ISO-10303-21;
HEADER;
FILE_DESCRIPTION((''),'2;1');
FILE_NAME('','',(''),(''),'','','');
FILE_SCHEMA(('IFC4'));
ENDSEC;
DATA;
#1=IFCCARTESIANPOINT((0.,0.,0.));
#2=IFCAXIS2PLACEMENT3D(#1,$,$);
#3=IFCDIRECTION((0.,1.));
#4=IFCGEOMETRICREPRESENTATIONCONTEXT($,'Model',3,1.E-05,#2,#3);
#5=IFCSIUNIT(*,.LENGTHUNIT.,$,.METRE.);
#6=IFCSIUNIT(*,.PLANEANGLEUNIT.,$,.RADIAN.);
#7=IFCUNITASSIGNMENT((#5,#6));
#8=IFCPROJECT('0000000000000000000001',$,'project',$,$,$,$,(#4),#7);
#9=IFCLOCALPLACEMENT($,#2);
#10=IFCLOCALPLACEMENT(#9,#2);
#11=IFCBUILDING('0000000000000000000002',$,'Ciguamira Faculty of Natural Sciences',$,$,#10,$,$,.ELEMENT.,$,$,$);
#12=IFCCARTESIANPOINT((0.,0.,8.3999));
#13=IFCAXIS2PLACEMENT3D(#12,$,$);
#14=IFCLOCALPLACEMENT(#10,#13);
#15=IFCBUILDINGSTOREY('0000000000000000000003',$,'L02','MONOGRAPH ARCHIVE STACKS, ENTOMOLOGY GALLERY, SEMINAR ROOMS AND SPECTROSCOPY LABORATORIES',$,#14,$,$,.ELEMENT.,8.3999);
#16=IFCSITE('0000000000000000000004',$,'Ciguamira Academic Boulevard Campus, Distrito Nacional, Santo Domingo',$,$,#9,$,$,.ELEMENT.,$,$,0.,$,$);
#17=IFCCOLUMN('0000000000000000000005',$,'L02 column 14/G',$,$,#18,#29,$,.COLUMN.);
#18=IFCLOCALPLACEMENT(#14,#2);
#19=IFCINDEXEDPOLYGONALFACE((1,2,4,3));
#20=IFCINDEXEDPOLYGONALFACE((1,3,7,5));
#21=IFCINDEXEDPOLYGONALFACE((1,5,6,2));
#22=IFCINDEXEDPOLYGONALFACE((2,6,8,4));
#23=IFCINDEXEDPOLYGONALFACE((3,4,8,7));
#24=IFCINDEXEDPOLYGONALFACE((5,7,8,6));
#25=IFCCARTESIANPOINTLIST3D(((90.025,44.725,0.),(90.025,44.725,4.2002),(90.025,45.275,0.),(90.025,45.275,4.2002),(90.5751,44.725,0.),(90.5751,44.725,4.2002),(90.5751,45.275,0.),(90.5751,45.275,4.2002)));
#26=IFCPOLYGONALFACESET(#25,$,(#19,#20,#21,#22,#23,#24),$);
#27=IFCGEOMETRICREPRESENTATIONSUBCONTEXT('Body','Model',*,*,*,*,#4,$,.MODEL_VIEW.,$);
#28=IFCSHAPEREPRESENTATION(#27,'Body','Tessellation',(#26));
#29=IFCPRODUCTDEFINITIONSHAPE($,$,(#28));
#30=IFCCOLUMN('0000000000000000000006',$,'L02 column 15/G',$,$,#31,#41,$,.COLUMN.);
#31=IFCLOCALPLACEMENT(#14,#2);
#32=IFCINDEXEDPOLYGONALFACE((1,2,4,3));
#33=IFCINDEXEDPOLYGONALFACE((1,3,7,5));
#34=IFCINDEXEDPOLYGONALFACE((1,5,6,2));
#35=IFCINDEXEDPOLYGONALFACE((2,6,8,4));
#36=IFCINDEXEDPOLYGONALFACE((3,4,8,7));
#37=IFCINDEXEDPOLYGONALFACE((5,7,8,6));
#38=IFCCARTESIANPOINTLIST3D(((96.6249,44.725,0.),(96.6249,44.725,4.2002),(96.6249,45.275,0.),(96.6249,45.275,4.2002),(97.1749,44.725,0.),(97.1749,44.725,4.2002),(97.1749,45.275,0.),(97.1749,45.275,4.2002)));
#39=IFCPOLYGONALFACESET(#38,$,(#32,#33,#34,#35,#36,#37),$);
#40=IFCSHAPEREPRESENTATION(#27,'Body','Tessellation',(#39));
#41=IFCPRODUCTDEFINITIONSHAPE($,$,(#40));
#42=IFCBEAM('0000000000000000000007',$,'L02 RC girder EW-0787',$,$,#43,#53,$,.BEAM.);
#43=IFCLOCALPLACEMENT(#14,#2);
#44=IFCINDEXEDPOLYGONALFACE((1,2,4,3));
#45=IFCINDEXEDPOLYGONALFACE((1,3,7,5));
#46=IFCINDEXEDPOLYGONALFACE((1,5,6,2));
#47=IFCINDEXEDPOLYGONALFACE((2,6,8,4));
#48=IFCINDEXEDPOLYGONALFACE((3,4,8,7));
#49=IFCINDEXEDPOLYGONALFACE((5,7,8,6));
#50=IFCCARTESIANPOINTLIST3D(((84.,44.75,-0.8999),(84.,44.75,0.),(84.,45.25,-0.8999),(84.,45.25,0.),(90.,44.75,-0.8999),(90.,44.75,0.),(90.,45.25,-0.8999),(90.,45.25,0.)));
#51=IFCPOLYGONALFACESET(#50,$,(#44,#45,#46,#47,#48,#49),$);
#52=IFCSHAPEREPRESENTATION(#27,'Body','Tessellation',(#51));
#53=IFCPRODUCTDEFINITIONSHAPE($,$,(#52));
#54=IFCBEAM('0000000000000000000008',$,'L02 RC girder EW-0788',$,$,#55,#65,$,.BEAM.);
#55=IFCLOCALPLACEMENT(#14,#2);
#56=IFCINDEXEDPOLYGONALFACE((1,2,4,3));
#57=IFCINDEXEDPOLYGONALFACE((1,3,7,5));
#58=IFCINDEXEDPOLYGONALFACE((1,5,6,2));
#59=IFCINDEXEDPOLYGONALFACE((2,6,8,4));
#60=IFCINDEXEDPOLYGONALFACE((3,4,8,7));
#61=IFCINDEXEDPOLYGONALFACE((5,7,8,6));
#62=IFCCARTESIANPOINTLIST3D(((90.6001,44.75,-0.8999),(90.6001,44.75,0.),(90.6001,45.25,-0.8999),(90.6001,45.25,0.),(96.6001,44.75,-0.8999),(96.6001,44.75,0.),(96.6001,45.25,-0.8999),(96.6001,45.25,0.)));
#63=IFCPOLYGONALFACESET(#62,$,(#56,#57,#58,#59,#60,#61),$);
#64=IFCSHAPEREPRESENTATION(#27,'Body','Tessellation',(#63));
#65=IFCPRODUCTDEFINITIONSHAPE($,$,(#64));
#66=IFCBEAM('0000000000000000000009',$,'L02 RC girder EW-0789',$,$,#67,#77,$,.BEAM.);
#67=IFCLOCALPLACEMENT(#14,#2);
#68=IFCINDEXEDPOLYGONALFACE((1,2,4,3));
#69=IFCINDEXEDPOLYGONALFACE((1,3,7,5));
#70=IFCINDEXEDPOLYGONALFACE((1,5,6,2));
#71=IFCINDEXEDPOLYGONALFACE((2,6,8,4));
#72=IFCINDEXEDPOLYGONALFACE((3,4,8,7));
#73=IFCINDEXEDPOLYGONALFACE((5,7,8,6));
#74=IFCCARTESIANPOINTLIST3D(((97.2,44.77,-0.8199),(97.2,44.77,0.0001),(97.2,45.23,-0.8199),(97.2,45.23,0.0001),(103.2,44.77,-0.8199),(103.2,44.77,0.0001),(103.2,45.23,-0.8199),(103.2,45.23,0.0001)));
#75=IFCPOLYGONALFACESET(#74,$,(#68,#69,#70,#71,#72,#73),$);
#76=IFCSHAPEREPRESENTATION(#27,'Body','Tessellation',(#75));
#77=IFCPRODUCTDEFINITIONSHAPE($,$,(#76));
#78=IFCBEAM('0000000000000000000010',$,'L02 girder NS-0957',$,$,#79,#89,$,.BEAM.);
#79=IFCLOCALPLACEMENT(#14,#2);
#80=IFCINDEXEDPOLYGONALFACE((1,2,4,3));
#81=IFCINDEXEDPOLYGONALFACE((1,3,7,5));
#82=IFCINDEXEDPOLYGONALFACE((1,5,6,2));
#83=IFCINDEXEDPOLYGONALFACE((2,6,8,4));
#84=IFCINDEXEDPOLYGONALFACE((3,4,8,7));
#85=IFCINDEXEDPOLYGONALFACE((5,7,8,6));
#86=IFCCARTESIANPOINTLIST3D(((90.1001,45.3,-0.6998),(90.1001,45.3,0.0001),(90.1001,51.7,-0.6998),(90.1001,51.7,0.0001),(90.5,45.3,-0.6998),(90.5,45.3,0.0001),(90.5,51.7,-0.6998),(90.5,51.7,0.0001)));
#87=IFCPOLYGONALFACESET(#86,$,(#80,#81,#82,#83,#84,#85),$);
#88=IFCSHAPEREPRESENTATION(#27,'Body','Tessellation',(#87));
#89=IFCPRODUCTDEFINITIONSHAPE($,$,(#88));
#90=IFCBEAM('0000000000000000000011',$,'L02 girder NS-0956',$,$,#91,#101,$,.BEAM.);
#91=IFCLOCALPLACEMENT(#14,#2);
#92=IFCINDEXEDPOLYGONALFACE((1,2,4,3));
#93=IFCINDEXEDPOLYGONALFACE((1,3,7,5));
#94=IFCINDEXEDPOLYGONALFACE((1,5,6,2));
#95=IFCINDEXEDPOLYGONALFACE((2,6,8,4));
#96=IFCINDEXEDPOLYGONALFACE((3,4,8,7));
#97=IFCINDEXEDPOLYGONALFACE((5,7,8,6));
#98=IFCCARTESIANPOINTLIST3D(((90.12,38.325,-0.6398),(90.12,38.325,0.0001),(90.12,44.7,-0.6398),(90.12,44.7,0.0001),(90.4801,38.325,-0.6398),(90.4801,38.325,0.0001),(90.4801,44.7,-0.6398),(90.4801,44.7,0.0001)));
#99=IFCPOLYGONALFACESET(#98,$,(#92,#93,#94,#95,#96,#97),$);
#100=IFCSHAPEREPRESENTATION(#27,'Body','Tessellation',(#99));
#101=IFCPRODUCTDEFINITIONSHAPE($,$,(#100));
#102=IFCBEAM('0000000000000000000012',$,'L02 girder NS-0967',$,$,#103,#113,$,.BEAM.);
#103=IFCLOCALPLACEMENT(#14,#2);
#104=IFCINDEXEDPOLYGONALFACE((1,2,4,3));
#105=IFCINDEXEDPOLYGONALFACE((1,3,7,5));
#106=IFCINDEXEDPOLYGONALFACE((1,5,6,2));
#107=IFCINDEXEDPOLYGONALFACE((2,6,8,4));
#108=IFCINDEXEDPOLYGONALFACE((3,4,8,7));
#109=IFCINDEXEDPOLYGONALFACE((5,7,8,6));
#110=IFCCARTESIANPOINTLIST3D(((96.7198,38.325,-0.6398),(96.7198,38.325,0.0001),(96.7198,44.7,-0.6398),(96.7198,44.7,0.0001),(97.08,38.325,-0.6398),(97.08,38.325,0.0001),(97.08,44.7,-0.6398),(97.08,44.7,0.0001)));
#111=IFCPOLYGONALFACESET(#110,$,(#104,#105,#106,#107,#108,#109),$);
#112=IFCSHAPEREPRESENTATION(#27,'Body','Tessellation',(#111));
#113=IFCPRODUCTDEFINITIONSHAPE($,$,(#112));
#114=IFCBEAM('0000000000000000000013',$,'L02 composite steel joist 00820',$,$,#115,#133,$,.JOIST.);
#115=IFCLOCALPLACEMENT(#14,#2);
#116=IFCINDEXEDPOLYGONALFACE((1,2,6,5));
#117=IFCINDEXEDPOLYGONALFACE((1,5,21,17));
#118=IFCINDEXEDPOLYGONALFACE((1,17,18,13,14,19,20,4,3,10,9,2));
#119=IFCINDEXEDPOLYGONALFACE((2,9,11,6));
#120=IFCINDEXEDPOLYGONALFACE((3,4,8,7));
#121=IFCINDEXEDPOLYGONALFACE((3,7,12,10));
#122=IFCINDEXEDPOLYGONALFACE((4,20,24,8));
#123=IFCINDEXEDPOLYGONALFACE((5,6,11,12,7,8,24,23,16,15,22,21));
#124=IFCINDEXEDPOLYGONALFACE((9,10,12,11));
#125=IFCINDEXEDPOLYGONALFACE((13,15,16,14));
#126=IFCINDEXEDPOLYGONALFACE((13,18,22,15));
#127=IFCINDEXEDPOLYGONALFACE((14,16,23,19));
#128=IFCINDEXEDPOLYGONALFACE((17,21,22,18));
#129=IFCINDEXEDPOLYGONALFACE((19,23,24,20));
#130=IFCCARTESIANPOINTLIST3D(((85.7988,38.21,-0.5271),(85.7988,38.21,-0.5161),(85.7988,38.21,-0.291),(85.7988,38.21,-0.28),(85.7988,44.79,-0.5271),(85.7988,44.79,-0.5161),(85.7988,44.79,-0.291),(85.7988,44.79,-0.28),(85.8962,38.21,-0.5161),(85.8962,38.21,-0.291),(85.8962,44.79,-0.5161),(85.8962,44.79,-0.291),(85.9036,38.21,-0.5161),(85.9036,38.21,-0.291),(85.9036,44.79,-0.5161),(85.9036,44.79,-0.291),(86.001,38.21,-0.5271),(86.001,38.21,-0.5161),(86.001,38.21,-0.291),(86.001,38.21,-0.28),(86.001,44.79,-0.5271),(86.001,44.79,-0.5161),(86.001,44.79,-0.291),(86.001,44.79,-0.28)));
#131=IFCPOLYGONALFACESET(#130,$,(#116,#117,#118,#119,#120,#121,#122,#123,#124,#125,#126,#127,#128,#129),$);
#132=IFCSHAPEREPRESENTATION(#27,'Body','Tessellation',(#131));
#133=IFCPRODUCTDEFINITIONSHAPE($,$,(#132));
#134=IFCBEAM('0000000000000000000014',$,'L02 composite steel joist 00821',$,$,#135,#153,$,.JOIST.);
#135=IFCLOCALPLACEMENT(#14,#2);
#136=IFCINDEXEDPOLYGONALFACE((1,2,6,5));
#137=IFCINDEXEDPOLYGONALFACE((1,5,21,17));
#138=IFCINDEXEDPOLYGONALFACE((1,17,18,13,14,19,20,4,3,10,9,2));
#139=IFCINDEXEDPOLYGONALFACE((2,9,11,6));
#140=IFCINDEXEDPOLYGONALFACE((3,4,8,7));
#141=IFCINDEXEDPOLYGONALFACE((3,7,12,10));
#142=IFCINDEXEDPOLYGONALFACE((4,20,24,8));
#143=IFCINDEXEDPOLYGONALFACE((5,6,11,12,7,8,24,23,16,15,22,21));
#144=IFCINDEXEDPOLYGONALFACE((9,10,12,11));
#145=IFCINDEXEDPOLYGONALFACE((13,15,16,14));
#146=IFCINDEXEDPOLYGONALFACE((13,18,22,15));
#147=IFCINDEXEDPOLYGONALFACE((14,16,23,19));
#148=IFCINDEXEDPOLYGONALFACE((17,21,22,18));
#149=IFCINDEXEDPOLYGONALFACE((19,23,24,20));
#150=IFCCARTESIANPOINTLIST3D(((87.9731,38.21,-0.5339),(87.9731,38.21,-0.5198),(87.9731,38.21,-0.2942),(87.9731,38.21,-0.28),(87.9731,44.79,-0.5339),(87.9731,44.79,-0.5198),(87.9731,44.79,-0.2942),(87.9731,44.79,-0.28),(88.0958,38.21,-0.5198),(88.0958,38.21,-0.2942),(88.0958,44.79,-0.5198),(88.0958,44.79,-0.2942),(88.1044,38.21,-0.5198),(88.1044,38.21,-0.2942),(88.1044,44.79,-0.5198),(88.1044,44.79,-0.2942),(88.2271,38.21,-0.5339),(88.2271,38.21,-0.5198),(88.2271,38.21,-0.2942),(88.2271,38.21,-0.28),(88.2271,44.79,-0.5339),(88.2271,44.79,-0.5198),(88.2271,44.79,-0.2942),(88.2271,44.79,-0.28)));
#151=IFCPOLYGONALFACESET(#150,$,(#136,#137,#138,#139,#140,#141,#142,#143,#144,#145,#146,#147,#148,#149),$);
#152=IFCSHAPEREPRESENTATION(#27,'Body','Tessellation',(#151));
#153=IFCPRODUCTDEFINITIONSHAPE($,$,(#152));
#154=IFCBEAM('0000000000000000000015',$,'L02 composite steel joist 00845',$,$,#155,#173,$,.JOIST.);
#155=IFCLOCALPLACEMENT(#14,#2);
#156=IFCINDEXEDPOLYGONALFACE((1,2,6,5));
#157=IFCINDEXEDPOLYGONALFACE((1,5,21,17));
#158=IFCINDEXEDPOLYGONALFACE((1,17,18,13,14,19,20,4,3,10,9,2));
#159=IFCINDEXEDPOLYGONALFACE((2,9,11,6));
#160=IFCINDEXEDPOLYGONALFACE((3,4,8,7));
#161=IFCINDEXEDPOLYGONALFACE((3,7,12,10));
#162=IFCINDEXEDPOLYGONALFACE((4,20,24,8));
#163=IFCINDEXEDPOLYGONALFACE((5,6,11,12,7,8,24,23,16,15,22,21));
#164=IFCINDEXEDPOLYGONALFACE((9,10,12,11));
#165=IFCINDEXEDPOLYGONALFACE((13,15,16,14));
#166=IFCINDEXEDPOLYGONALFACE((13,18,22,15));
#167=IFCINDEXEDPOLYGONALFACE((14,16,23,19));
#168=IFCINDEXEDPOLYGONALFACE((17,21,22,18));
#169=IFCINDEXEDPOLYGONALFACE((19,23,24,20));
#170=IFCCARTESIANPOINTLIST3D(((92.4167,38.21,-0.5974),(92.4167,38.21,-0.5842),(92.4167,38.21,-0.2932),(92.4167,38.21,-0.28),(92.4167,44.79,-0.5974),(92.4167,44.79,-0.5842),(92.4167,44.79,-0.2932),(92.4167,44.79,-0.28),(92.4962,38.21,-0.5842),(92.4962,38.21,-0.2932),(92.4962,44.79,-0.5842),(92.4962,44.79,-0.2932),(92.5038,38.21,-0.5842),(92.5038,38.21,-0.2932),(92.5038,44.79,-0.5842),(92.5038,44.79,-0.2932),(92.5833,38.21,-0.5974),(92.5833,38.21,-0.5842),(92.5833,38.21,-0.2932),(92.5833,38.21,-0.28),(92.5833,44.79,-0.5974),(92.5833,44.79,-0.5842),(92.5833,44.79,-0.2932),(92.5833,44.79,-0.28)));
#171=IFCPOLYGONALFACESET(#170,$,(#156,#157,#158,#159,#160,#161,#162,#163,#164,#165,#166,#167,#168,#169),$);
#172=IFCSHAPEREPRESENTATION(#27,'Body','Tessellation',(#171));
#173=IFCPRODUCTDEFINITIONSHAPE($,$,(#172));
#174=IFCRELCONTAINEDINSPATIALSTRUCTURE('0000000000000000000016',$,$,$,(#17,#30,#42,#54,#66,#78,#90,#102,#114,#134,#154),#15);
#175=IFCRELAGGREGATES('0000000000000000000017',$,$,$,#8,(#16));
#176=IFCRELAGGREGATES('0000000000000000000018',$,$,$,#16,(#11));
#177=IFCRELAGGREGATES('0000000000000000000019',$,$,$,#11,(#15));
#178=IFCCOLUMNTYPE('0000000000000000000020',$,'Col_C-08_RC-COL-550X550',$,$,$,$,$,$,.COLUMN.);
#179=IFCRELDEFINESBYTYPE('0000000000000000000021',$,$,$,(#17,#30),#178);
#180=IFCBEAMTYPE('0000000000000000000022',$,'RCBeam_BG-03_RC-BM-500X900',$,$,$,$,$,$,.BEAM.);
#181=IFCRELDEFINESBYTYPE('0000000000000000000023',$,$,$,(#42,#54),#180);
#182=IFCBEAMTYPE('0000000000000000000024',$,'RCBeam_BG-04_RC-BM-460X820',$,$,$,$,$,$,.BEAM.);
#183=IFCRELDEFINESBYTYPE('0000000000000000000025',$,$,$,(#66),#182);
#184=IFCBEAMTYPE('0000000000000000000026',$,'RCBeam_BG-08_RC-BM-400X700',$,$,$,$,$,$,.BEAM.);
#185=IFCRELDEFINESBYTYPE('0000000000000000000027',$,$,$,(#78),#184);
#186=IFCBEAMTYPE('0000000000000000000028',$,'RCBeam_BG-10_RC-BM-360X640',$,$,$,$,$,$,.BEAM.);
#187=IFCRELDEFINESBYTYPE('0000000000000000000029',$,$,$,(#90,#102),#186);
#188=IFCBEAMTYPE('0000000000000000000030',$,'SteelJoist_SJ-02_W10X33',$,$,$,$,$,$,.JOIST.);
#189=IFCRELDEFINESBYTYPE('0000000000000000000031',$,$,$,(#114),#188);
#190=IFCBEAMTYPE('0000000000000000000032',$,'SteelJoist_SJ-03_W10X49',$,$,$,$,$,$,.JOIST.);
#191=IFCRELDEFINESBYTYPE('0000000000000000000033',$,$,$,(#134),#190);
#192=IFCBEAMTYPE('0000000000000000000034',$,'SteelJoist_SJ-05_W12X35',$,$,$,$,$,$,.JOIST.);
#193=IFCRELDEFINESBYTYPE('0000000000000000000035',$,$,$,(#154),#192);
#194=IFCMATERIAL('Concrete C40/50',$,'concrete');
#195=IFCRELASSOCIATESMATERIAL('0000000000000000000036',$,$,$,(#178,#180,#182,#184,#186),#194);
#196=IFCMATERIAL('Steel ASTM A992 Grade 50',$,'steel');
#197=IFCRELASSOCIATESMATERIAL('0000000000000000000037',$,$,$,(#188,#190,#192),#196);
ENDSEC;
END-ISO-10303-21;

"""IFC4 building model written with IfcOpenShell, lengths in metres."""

from ifc_helpers import new_model, si_unit, direction, frame, origin, origin_2d, place, context, subcontext, project, spatial, rectangle, i_section, extrude, material, material_profile, profile_set, type_object, element, save


model = new_model("IFC4")

# Units and contexts
model_context = context("Model", 3, precision=1e-05, world=origin(), true_north=direction((0.0, 1.0)))
body_context = subcontext(model_context, "Body", "Model", "MODEL_VIEW")
ifc_project = project(units=[si_unit("LENGTHUNIT", "METRE"), si_unit("PLANEANGLEUNIT", "RADIAN")], contexts=[model_context])

# Site, building, storey
site_placement = place(None, origin())
site = spatial("IfcSite", under=ifc_project, at=site_placement, Name="Ciguamira Academic Boulevard Campus, Distrito Nacional, Santo Domingo", CompositionType="ELEMENT", RefElevation=0.0)
building_placement = place(site_placement, origin())
building = spatial("IfcBuilding", under=site, at=building_placement, Name="Ciguamira Faculty of Natural Sciences", CompositionType="ELEMENT")
storey_placement = place(building_placement, frame((0.0, 0.0, 8.3999)))
storey = spatial("IfcBuildingStorey", under=building, at=storey_placement, Name="L02", Description="MONOGRAPH ARCHIVE STACKS, ENTOMOLOGY GALLERY, SEMINAR ROOMS AND SPECTROSCOPY LABORATORIES", CompositionType="ELEMENT", Elevation=8.3999)

# Columns
ifc_material_1 = material(Name="Concrete C40/50", Category="concrete")
ifc_material_profile_1 = material_profile(ifc_material_1, rectangle(XDim=0.55, YDim=0.55, at=origin_2d()), Name="RC-COL-550X550")
ifc_profile_set_1 = profile_set([ifc_material_profile_1], Name="Concrete C40/50")
column_type = type_object("IfcColumnType", Name="Col_C-08_RC-COL-550X550", PredefinedType="COLUMN", material=ifc_profile_set_1)
for number, where, z_axis, x_axis, name in (
    (1, (90.3, 45.0, 0.0), (0.0, 0.0, 1.0), (1.0, 0.0, 0.0), "L02 column 14/G"),
    (2, (96.8999, 45.0, 0.0), (0.0, 0.0, 1.0), (1.0, 0.0, 0.0), "L02 column 15/G"),
):
    element("IfcColumn", number, at=place(storey_placement, frame(where, z_axis=z_axis, x_axis=x_axis)), inside=storey, type_object=column_type, Name=name, PredefinedType="COLUMN", context=body_context, shape_type="SweptSolid", body=[
        extrude(rectangle(XDim=0.55, YDim=0.55, at=origin_2d()), origin(), (0.0, 0.0, 1.0), 4.2002),
    ])

# Beams
ifc_material_profile_2 = material_profile(ifc_material_1, rectangle(XDim=0.5, YDim=0.8999, at=origin_2d()), Name="RC-BM-500X900")
ifc_profile_set_2 = profile_set([ifc_material_profile_2], Name="Concrete C40/50")
beam_type_1 = type_object("IfcBeamType", Name="RCBeam_BG-03_RC-BM-500X900", PredefinedType="BEAM", material=ifc_profile_set_2)
for number, where, z_axis, x_axis, name in (
    (3, (84.0, 45.0, -0.45), (1.0, 0.0, 0.0), (0.0, 1.0, 0.0), "L02 RC girder EW-0787"),
    (4, (90.6001, 45.0, -0.45), (1.0, 0.0, 0.0), (0.0, 1.0, 0.0), "L02 RC girder EW-0788"),
):
    element("IfcBeam", number, at=place(storey_placement, frame(where, z_axis=z_axis, x_axis=x_axis)), inside=storey, type_object=beam_type_1, Name=name, PredefinedType="BEAM", context=body_context, shape_type="SweptSolid", body=[
        extrude(rectangle(XDim=0.5, YDim=0.8999, at=origin_2d()), origin(), (0.0, 0.0, 1.0), 6.0),
    ])
ifc_material_profile_3 = material_profile(ifc_material_1, rectangle(XDim=0.46, YDim=0.8201, at=origin_2d()), Name="RC-BM-460X820")
ifc_profile_set_3 = profile_set([ifc_material_profile_3], Name="Concrete C40/50")
beam_type_2 = type_object("IfcBeamType", Name="RCBeam_BG-04_RC-BM-460X820", PredefinedType="BEAM", material=ifc_profile_set_3)
beam_1_placement = place(storey_placement, frame((97.2, 45.0, -0.4099), z_axis=(1.0, 0.0, 0.0), x_axis=(0.0, 1.0, 0.0)))
element("IfcBeam", 5, at=beam_1_placement, inside=storey, type_object=beam_type_2, Name="L02 RC girder EW-0789", PredefinedType="BEAM", context=body_context, shape_type="SweptSolid", body=[
    extrude(rectangle(XDim=0.46, YDim=0.8201, at=origin_2d()), origin(), (0.0, 0.0, 1.0), 6.0),
])
ifc_material_profile_4 = material_profile(ifc_material_1, rectangle(XDim=0.3999, YDim=0.7, at=origin_2d()), Name="RC-BM-400X700")
ifc_profile_set_4 = profile_set([ifc_material_profile_4], Name="Concrete C40/50")
beam_type_3 = type_object("IfcBeamType", Name="RCBeam_BG-08_RC-BM-400X700", PredefinedType="BEAM", material=ifc_profile_set_4)
beam_2_placement = place(storey_placement, frame((90.3, 45.3, -0.3499), z_axis=(0.0, 1.0, 0.0), x_axis=(-1.0, 0.0, 0.0)))
element("IfcBeam", 6, at=beam_2_placement, inside=storey, type_object=beam_type_3, Name="L02 girder NS-0957", PredefinedType="BEAM", context=body_context, shape_type="SweptSolid", body=[
    extrude(rectangle(XDim=0.3999, YDim=0.7, at=origin_2d()), origin(), (0.0, 0.0, 1.0), 6.3999),
])
ifc_material_profile_5 = material_profile(ifc_material_1, rectangle(XDim=0.3601, YDim=0.6399, at=origin_2d()), Name="RC-BM-360X640")
ifc_profile_set_5 = profile_set([ifc_material_profile_5], Name="Concrete C40/50")
beam_type_4 = type_object("IfcBeamType", Name="RCBeam_BG-10_RC-BM-360X640", PredefinedType="BEAM", material=ifc_profile_set_5)
for number, where, z_axis, x_axis, name in (
    (7, (90.3, 38.325, -0.3198), (0.0, 1.0, 0.0), (-1.0, 0.0, 0.0), "L02 girder NS-0956"),
    (8, (96.8999, 38.325, -0.3198), (0.0, 1.0, 0.0), (-1.0, 0.0, 0.0), "L02 girder NS-0967"),
):
    element("IfcBeam", number, at=place(storey_placement, frame(where, z_axis=z_axis, x_axis=x_axis)), inside=storey, type_object=beam_type_4, Name=name, PredefinedType="BEAM", context=body_context, shape_type="SweptSolid", body=[
        extrude(rectangle(XDim=0.3601, YDim=0.6399, at=origin_2d()), origin(), (0.0, 0.0, 1.0), 6.375),
    ])
ifc_material_2 = material(Name="Steel ASTM A992 Grade 50", Category="steel")
ifc_material_profile_6 = material_profile(ifc_material_2, i_section(OverallWidth=0.2021, OverallDepth=0.2471, WebThickness=0.0073, FlangeThickness=0.011, at=origin_2d()), Name="W10X33")
ifc_profile_set_6 = profile_set([ifc_material_profile_6], Name="Steel ASTM A992 Grade 50")
beam_type_5 = type_object("IfcBeamType", Name="SteelJoist_SJ-02_W10X33", PredefinedType="JOIST", material=ifc_profile_set_6)
beam_3_placement = place(storey_placement, frame((85.8999, 38.21, -0.4036), z_axis=(0.0, 1.0, 0.0), x_axis=(-1.0, 0.0, 0.0)))
element("IfcBeam", 9, at=beam_3_placement, inside=storey, type_object=beam_type_5, Name="L02 composite steel joist 00820", PredefinedType="JOIST", context=body_context, shape_type="SweptSolid", body=[
    extrude(i_section(OverallWidth=0.2021, OverallDepth=0.2471, WebThickness=0.0073, FlangeThickness=0.011, at=origin_2d()), origin(), (0.0, 0.0, 1.0), 6.5801),
])
ifc_material_profile_7 = material_profile(ifc_material_2, i_section(OverallWidth=0.2539, OverallDepth=0.2539, WebThickness=0.0085, FlangeThickness=0.0142, at=origin_2d()), Name="W10X49")
ifc_profile_set_7 = profile_set([ifc_material_profile_7], Name="Steel ASTM A992 Grade 50")
beam_type_6 = type_object("IfcBeamType", Name="SteelJoist_SJ-03_W10X49", PredefinedType="JOIST", material=ifc_profile_set_7)
beam_4_placement = place(storey_placement, frame((88.1001, 38.21, -0.407), z_axis=(0.0, 1.0, 0.0), x_axis=(-1.0, 0.0, 0.0)))
element("IfcBeam", 10, at=beam_4_placement, inside=storey, type_object=beam_type_6, Name="L02 composite steel joist 00821", PredefinedType="JOIST", context=body_context, shape_type="SweptSolid", body=[
    extrude(i_section(OverallWidth=0.2539, OverallDepth=0.2539, WebThickness=0.0085, FlangeThickness=0.0142, at=origin_2d()), origin(), (0.0, 0.0, 1.0), 6.5801),
])
ifc_material_profile_8 = material_profile(ifc_material_2, i_section(OverallWidth=0.1665, OverallDepth=0.3174, WebThickness=0.0076, FlangeThickness=0.0132, at=origin_2d()), Name="W12X35")
ifc_profile_set_8 = profile_set([ifc_material_profile_8], Name="Steel ASTM A992 Grade 50")
beam_type_7 = type_object("IfcBeamType", Name="SteelJoist_SJ-05_W12X35", PredefinedType="JOIST", material=ifc_profile_set_8)
beam_5_placement = place(storey_placement, frame((92.5, 38.21, -0.4387), z_axis=(0.0, 1.0, 0.0), x_axis=(-1.0, 0.0, 0.0)))
element("IfcBeam", 11, at=beam_5_placement, inside=storey, type_object=beam_type_7, Name="L02 composite steel joist 00845", PredefinedType="JOIST", context=body_context, shape_type="SweptSolid", body=[
    extrude(i_section(OverallWidth=0.1665, OverallDepth=0.3174, WebThickness=0.0076, FlangeThickness=0.0132, at=origin_2d()), origin(), (0.0, 0.0, 1.0), 6.5801),
])

save(model, "model.ifc")
